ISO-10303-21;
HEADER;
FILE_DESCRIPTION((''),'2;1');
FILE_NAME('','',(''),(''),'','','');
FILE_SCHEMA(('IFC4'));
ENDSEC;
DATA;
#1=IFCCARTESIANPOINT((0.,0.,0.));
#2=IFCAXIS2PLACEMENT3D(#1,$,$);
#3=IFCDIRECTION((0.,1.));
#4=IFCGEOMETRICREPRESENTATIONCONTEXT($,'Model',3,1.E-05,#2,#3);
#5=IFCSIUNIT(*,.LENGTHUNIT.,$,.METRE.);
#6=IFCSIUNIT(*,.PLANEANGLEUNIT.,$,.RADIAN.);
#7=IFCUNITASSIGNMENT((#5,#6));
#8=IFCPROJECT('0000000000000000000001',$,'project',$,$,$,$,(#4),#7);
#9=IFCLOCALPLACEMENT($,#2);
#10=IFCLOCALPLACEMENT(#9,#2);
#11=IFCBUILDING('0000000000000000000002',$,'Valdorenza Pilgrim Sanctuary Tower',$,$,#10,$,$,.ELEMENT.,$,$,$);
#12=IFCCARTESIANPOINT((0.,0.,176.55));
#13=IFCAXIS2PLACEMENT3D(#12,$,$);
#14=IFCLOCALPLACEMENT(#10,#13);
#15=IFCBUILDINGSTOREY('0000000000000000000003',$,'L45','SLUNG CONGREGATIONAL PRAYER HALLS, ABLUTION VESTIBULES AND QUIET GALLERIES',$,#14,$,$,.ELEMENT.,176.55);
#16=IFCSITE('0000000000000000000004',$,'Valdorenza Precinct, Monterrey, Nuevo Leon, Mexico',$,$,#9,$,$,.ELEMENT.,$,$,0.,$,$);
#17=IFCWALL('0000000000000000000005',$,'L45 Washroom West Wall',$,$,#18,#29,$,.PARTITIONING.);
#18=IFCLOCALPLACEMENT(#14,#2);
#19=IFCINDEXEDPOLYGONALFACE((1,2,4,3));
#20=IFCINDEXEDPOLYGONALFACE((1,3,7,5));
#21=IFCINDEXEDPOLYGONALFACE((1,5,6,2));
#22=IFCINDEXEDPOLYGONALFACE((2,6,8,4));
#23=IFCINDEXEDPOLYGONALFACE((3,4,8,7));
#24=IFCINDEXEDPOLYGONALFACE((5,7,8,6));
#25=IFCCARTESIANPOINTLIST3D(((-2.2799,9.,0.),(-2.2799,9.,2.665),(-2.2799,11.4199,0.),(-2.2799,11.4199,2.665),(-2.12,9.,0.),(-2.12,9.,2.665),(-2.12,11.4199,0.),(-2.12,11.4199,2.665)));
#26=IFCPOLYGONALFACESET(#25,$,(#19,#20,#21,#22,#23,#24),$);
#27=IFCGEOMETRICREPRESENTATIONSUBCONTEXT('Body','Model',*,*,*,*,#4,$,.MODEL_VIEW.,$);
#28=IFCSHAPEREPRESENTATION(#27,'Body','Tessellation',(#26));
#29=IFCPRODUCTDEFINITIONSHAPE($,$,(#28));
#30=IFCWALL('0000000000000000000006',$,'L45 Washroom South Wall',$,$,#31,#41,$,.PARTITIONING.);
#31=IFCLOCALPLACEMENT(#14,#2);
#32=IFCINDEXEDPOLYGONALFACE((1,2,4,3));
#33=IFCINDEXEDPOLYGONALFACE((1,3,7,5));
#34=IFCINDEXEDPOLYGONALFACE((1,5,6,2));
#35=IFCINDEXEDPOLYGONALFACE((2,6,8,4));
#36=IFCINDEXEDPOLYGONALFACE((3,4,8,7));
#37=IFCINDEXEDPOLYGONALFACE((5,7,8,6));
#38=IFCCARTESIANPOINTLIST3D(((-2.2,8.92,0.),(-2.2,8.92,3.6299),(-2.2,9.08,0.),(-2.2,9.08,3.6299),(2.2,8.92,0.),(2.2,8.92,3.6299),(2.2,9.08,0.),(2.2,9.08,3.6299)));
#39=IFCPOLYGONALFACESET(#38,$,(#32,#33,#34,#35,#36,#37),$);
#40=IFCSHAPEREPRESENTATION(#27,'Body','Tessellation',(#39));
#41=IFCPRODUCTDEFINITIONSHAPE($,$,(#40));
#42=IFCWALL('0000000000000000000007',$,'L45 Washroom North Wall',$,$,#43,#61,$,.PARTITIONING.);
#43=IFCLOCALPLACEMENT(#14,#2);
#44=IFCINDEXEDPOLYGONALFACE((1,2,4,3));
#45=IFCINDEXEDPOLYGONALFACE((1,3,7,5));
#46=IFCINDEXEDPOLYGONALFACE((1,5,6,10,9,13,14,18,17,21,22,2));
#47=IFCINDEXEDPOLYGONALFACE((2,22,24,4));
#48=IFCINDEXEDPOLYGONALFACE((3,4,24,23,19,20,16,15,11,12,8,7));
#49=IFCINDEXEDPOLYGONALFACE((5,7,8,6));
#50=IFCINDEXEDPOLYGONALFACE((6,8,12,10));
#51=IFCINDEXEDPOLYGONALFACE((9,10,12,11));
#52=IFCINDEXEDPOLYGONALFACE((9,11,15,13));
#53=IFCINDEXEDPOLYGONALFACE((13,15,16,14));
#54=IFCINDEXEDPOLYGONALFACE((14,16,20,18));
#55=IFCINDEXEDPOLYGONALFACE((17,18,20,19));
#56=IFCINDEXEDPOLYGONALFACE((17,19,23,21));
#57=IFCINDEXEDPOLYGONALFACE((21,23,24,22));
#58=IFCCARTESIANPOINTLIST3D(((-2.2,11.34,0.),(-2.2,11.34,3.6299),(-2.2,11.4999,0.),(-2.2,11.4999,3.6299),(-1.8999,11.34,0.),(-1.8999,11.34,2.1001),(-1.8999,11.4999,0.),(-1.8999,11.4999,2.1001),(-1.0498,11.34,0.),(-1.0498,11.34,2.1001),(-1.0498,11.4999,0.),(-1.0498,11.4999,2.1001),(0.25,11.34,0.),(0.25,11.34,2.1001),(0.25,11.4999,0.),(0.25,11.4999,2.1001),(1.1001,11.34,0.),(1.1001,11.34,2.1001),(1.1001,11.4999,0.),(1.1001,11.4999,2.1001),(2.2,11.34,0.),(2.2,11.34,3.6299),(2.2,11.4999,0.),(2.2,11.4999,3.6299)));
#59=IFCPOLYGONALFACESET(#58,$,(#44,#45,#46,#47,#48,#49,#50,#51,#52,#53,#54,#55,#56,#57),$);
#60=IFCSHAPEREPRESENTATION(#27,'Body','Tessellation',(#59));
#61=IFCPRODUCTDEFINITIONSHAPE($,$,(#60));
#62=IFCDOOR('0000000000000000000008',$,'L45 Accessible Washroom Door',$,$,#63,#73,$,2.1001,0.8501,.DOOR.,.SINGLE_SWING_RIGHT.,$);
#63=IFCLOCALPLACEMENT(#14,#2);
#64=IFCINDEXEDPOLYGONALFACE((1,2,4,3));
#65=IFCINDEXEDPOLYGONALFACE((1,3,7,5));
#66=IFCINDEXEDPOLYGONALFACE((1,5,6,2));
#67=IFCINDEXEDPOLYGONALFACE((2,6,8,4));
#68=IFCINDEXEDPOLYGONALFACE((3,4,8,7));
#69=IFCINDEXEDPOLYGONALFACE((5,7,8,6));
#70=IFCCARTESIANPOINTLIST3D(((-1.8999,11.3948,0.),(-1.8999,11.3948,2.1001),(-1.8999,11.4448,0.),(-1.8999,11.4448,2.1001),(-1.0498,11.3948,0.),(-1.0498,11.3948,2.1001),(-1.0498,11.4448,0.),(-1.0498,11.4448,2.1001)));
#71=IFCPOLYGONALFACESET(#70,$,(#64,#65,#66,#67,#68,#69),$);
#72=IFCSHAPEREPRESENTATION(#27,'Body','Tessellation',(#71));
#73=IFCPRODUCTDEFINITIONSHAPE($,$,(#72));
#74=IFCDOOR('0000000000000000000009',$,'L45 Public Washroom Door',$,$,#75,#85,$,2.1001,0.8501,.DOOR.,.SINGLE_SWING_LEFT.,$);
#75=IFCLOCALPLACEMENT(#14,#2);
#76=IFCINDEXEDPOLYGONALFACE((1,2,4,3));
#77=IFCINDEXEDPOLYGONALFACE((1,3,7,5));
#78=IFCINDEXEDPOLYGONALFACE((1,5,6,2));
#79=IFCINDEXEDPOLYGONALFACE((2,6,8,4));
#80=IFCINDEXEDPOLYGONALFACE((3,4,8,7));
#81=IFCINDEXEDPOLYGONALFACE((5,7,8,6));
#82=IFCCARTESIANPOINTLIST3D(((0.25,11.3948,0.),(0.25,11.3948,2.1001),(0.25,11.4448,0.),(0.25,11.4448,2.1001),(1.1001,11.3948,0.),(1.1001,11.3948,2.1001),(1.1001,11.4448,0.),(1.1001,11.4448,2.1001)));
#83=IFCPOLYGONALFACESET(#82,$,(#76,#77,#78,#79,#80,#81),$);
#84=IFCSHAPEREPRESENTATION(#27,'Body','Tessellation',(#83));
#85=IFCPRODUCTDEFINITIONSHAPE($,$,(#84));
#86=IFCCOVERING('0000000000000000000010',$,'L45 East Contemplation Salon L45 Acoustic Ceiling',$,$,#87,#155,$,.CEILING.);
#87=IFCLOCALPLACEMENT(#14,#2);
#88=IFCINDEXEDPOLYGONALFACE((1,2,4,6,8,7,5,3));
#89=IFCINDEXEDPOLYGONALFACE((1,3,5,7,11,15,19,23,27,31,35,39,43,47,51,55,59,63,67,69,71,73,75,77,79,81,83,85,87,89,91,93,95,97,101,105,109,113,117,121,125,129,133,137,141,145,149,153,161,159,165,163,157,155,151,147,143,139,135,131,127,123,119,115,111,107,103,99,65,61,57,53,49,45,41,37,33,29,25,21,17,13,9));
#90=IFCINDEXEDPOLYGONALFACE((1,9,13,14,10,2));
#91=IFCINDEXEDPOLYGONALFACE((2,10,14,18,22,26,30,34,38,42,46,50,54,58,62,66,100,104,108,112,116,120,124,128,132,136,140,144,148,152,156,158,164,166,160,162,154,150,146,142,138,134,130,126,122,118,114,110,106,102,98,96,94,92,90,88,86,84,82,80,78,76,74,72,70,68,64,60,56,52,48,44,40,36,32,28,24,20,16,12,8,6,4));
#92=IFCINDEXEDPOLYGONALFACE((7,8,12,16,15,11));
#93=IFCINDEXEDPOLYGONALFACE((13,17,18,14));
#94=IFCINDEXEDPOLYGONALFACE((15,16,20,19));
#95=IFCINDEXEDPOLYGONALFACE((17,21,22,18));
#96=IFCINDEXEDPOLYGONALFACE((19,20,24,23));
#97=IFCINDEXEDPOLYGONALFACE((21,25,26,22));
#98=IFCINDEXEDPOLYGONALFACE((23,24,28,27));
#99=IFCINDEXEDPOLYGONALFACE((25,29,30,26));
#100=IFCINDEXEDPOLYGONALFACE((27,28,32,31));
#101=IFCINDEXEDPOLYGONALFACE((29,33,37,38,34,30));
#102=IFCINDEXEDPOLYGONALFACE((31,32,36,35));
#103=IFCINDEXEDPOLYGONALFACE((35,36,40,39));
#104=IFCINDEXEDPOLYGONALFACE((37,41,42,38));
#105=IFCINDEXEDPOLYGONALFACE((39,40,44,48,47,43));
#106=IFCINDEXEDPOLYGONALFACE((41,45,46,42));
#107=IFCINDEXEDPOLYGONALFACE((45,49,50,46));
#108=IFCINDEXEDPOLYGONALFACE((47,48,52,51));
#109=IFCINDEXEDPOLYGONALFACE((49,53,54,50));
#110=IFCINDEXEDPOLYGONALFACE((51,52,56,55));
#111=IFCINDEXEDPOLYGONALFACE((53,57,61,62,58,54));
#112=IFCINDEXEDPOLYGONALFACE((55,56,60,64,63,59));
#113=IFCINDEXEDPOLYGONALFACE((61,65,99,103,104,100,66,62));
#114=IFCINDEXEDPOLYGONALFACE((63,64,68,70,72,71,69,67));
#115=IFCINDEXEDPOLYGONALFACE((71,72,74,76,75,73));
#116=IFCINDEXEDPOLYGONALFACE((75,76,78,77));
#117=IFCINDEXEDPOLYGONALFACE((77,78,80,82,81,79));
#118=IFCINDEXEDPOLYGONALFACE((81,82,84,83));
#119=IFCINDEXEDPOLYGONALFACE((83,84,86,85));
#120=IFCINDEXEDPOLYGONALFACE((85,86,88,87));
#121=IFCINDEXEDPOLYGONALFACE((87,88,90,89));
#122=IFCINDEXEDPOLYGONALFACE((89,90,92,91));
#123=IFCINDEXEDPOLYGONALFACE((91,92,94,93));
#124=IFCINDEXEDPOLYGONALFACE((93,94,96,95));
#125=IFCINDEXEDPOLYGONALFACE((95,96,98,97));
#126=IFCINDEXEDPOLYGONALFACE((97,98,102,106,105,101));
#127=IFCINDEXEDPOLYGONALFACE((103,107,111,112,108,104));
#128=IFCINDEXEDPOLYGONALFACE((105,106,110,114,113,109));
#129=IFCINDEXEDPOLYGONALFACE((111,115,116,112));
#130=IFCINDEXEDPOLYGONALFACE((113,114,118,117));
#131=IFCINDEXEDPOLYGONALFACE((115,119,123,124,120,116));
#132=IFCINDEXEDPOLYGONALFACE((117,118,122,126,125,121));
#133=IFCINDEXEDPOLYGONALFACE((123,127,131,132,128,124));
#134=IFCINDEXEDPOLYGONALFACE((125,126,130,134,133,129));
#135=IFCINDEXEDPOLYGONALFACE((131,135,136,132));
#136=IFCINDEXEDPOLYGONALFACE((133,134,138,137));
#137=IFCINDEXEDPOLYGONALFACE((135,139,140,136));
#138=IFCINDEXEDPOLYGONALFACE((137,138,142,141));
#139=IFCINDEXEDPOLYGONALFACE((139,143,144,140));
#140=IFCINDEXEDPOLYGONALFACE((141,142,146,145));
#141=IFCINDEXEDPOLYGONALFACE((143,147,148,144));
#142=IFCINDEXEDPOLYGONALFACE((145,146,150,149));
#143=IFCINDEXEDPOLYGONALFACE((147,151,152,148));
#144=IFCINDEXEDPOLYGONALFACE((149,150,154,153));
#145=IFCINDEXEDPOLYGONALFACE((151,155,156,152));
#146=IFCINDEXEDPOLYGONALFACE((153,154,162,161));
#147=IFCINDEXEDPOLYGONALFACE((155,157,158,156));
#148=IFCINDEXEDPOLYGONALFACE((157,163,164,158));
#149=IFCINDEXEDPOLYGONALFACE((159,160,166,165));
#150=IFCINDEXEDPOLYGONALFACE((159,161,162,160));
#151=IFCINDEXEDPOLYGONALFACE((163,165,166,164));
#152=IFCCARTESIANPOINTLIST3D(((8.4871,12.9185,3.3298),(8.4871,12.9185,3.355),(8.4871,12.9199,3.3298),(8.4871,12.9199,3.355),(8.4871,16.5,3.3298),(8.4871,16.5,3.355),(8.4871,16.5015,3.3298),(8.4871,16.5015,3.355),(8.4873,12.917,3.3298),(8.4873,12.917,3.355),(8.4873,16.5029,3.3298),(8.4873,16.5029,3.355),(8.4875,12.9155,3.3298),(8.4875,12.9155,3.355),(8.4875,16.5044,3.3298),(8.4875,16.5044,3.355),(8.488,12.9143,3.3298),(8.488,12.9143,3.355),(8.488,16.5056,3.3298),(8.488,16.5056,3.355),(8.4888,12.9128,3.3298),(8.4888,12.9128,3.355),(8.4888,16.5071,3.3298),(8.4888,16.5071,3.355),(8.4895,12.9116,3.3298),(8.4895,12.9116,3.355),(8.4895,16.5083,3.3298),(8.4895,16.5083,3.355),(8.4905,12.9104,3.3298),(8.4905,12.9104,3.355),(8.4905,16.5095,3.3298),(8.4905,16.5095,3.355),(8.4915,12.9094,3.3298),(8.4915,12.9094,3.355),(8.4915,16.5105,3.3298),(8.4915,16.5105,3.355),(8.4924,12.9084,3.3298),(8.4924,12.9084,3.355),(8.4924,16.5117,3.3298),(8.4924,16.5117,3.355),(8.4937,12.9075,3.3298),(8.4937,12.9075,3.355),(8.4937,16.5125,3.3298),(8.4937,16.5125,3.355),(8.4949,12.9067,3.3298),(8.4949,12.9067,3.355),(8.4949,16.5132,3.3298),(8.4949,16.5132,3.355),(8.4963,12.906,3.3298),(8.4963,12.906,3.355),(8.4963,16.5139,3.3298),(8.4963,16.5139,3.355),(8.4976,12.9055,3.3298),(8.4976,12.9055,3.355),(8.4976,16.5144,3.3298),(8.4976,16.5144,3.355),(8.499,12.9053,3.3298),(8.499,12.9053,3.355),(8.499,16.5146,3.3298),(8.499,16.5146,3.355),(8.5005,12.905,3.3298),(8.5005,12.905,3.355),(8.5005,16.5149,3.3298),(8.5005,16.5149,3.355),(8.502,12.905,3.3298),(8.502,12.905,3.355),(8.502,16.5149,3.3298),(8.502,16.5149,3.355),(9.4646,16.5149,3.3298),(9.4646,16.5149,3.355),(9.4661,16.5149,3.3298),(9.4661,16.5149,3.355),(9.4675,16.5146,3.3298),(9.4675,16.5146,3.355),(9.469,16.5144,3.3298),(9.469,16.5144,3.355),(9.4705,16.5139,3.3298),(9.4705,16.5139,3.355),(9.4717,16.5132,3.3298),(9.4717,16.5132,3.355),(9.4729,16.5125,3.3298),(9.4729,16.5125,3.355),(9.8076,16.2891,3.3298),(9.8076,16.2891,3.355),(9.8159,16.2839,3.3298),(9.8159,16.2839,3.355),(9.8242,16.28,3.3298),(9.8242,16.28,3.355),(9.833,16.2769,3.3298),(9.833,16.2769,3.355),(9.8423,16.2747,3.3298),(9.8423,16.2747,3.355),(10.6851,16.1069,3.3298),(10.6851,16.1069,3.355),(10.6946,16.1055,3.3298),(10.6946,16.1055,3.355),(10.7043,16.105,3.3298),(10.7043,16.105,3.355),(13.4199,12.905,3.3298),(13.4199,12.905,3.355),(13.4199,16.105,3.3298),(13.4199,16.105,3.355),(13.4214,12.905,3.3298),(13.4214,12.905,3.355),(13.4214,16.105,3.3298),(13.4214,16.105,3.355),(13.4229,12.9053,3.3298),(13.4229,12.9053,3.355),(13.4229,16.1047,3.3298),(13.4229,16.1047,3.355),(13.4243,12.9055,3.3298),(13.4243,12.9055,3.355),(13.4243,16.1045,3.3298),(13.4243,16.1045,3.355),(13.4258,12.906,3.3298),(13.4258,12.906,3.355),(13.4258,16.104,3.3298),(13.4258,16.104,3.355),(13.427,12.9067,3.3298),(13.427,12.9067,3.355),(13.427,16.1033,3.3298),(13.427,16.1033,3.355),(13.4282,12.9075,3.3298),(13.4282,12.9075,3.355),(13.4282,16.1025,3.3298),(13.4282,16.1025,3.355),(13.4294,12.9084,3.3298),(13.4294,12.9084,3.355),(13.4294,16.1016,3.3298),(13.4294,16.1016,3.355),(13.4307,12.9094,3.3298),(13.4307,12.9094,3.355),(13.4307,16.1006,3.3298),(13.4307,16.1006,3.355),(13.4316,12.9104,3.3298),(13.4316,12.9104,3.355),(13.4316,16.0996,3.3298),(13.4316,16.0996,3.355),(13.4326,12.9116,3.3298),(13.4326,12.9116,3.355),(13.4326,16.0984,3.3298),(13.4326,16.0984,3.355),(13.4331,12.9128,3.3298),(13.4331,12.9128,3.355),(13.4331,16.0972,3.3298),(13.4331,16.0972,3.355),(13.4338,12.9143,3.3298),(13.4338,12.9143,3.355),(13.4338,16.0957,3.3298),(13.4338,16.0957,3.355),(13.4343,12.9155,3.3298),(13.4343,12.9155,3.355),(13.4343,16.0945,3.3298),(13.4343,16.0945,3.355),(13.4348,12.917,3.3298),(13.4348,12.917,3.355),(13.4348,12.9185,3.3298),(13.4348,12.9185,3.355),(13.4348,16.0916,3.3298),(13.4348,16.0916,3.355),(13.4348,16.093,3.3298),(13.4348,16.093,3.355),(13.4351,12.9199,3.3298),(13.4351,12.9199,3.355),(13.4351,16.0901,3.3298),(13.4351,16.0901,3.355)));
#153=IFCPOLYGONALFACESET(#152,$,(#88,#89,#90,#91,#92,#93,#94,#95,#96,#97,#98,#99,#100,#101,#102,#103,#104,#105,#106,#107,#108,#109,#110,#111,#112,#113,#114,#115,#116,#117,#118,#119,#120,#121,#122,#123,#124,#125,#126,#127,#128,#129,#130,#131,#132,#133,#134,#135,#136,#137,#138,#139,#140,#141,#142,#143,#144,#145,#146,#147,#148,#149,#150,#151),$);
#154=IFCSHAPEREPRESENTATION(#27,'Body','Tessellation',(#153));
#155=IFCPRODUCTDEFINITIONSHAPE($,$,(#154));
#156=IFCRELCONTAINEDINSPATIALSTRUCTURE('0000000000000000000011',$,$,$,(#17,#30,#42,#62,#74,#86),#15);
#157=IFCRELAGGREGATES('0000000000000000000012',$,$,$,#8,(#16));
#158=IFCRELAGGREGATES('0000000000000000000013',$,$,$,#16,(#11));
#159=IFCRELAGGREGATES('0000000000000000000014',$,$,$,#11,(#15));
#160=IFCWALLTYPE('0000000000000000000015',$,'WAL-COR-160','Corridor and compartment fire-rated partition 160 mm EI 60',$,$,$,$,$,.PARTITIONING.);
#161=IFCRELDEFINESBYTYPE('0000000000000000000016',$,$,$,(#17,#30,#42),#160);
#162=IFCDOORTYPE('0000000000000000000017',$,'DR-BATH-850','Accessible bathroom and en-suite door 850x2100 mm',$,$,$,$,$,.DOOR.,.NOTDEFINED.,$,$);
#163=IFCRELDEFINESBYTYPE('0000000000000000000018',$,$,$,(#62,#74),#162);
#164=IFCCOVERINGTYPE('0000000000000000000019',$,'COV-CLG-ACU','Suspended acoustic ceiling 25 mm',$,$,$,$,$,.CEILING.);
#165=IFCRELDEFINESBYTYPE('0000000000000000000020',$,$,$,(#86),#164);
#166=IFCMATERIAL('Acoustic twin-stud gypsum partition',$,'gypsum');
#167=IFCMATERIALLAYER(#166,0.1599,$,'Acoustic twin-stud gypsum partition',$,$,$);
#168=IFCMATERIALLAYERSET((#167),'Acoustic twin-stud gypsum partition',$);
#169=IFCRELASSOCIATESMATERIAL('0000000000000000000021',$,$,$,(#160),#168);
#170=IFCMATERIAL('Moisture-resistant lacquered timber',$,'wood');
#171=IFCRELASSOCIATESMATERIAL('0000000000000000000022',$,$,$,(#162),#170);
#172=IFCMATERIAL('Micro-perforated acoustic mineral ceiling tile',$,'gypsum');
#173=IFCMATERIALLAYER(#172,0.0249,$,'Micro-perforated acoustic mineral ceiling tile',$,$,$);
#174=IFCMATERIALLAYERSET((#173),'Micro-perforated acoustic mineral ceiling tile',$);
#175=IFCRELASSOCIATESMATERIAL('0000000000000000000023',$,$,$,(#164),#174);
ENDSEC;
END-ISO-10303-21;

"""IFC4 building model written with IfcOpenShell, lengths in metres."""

from ifc_helpers import new_model, si_unit, direction, frame, frame_2d, origin, place, context, subcontext, project, spatial, polyline, rectangle, outline, extrude, material, layer, layer_set, type_object, element, fill, save


model = new_model("IFC4")

# Units and contexts
model_context = context("Model", 3, precision=1e-05, world=origin(), true_north=direction((0.0, 1.0)))
body_context = subcontext(model_context, "Body", "Model", "MODEL_VIEW")
ifc_project = project(units=[si_unit("LENGTHUNIT", "METRE"), si_unit("PLANEANGLEUNIT", "RADIAN")], contexts=[model_context])

# Site, building, storey
site_placement = place(None, origin())
site = spatial("IfcSite", under=ifc_project, at=site_placement, Name="Valdorenza Precinct, Monterrey, Nuevo Leon, Mexico", CompositionType="ELEMENT", RefElevation=0.0)
building_placement = place(site_placement, origin())
building = spatial("IfcBuilding", under=site, at=building_placement, Name="Valdorenza Pilgrim Sanctuary Tower", CompositionType="ELEMENT")
storey_placement = place(building_placement, frame((0.0, 0.0, 176.55)))
storey = spatial("IfcBuildingStorey", under=building, at=storey_placement, Name="L45", Description="SLUNG CONGREGATIONAL PRAYER HALLS, ABLUTION VESTIBULES AND QUIET GALLERIES", CompositionType="ELEMENT", Elevation=176.55)

# Walls
ifc_material_1 = material(Name="Acoustic twin-stud gypsum partition", Category="gypsum")
ifc_layer_1 = layer(ifc_material_1, 0.1599, Name="Acoustic twin-stud gypsum partition")
ifc_layer_set_1 = layer_set([ifc_layer_1], Name="Acoustic twin-stud gypsum partition")
wall_type = type_object("IfcWallType", Name="WAL-COR-160", Description="Corridor and compartment fire-rated partition 160 mm EI 60", PredefinedType="PARTITIONING", material=ifc_layer_set_1)
wall_1_placement = place(storey_placement, frame((-2.2, 9.0, 0.0), z_axis=(0.0, 0.0, 1.0), x_axis=(0.0, 1.0, 0.0)))
element("IfcWall", 1, at=wall_1_placement, inside=storey, type_object=wall_type, Name="L45 Washroom West Wall", PredefinedType="PARTITIONING", context=body_context, shape_type="SweptSolid", body=[
    extrude(rectangle(XDim=2.4199, YDim=0.1599, at=frame_2d((1.21, 0.0))), origin(), (0.0, 0.0, 1.0), 2.665),
])
wall_2_placement = place(storey_placement, frame((-2.2, 9.0, 0.0), z_axis=(0.0, 0.0, 1.0), x_axis=(1.0, 0.0, 0.0)))
element("IfcWall", 2, at=wall_2_placement, inside=storey, type_object=wall_type, Name="L45 Washroom South Wall", PredefinedType="PARTITIONING", context=body_context, shape_type="SweptSolid", body=[
    extrude(rectangle(XDim=4.3999, YDim=0.1599, at=frame_2d((2.2, 0.0))), origin(), (0.0, 0.0, 1.0), 3.6299),
])

# Wall, openings, doors
wall_3_placement = place(storey_placement, frame((-2.2, 11.4199, 0.0), z_axis=(0.0, 0.0, 1.0), x_axis=(1.0, 0.0, 0.0)))
wall_3 = element("IfcWall", 3, at=wall_3_placement, inside=storey, type_object=wall_type, Name="L45 Washroom North Wall", PredefinedType="PARTITIONING", context=body_context, shape_type="SweptSolid", body=[
    extrude(rectangle(XDim=4.3999, YDim=0.1599, at=frame_2d((2.2, 0.0))), origin(), (0.0, 0.0, 1.0), 3.6299),
])
opening_1_placement = place(wall_3_placement, frame((0.3, 0.0, 0.0)))
opening_1 = element("IfcOpeningElement", 4, at=opening_1_placement, cuts=wall_3, PredefinedType="OPENING", context=body_context, shape_type="SweptSolid", body=[
    extrude(rectangle(XDim=0.8501, YDim=2.1001, at=frame_2d((0.425, 1.05))), frame((0.0, 0.0947, 0.0), z_axis=(0.0, -1.0, 0.0), x_axis=(1.0, 0.0, 0.0)), (0.0, 0.0, 1.0), 0.1897),
])
opening_2_placement = place(wall_3_placement, frame((2.45, 0.0, 0.0)))
opening_2 = element("IfcOpeningElement", 5, at=opening_2_placement, cuts=wall_3, PredefinedType="OPENING", context=body_context, shape_type="SweptSolid", body=[
    extrude(rectangle(XDim=0.8501, YDim=2.1001, at=frame_2d((0.425, 1.05))), frame((0.0, 0.0947, 0.0), z_axis=(0.0, -1.0, 0.0), x_axis=(1.0, 0.0, 0.0)), (0.0, 0.0, 1.0), 0.1897),
])
ifc_material_2 = material(Name="Moisture-resistant lacquered timber", Category="wood")
door_type = type_object("IfcDoorType", Name="DR-BATH-850", Description="Accessible bathroom and en-suite door 850x2100 mm", OperationType="NOTDEFINED", PredefinedType="DOOR", material=ifc_material_2)
door_1_placement = place(opening_1_placement, origin())
door_1 = element("IfcDoor", 6, at=door_1_placement, inside=storey, type_object=door_type, Name="L45 Accessible Washroom Door", OperationType="SINGLE_SWING_RIGHT", OverallHeight=2.1001, OverallWidth=0.8501, PredefinedType="DOOR", context=body_context, shape_type="SweptSolid", body=[
    extrude(rectangle(XDim=0.8501, YDim=2.1001, at=frame_2d((0.425, 1.05))), frame((0.0, 0.0249, 0.0), z_axis=(0.0, -1.0, 0.0), x_axis=(1.0, 0.0, 0.0)), (0.0, 0.0, 1.0), 0.05),
])
fill(opening_1, door_1)
door_2_placement = place(opening_2_placement, origin())
door_2 = element("IfcDoor", 7, at=door_2_placement, inside=storey, type_object=door_type, Name="L45 Public Washroom Door", OperationType="SINGLE_SWING_LEFT", OverallHeight=2.1001, OverallWidth=0.8501, PredefinedType="DOOR", context=body_context, shape_type="SweptSolid", body=[
    extrude(rectangle(XDim=0.8501, YDim=2.1001, at=frame_2d((0.425, 1.05))), frame((0.0, 0.0249, 0.0), z_axis=(0.0, -1.0, 0.0), x_axis=(1.0, 0.0, 0.0)), (0.0, 0.0, 1.0), 0.05),
])
fill(opening_2, door_2)

# Covering
ifc_material_3 = material(Name="Micro-perforated acoustic mineral ceiling tile", Category="gypsum")
ifc_layer_2 = layer(ifc_material_3, 0.0249, Name="Micro-perforated acoustic mineral ceiling tile")
ifc_layer_set_2 = layer_set([ifc_layer_2], Name="Micro-perforated acoustic mineral ceiling tile")
covering_type_1 = type_object("IfcCoveringType", Name="COV-CLG-ACU", Description="Suspended acoustic ceiling 25 mm", PredefinedType="CEILING", material=ifc_layer_set_2)
covering_1_placement = place(storey_placement, frame((0.0, 0.0, 3.3298)))
element("IfcCovering", 8, at=covering_1_placement, inside=storey, type_object=covering_type_1, Name="L45 East Contemplation Salon L45 Acoustic Ceiling", PredefinedType="CEILING", context=body_context, shape_type="SweptSolid", body=[
    extrude(outline(polyline([(8.502, 12.905), (8.5005, 12.905), (8.499, 12.9053), (8.4976, 12.9055), (8.4963, 12.906), (8.4949, 12.9067), (8.4937, 12.9075), (8.4924, 12.9084), (8.4915, 12.9094), (8.4905, 12.9104), (8.4895, 12.9116), (8.4888, 12.9128), (8.488, 12.9143), (8.4875, 12.9155), (8.4873, 12.917), (8.4871, 12.9185), (8.4871, 12.9199), (8.4871, 16.5), (8.4871, 16.5015), (8.4873, 16.5029), (8.4875, 16.5044), (8.488, 16.5056), (8.4888, 16.5071), (8.4895, 16.5083), (8.4905, 16.5095), (8.4915, 16.5105), (8.4924, 16.5117), (8.4937, 16.5125), (8.4949, 16.5132), (8.4963, 16.5139), (8.4976, 16.5144), (8.499, 16.5146), (8.5005, 16.5149), (8.502, 16.5149), (9.4646, 16.5149), (9.4661, 16.5149), (9.4675, 16.5146), (9.469, 16.5144), (9.4705, 16.5139), (9.4717, 16.5132), (9.4729, 16.5125), (9.8076, 16.2891), (9.8159, 16.2839), (9.8242, 16.28), (9.833, 16.2769), (9.8423, 16.2747), (10.6851, 16.1069), (10.6946, 16.1055), (10.7043, 16.105), (13.4199, 16.105), (13.4214, 16.105), (13.4229, 16.1047), (13.4243, 16.1045), (13.4258, 16.104), (13.427, 16.1033), (13.4282, 16.1025), (13.4294, 16.1016), (13.4307, 16.1006), (13.4316, 16.0996), (13.4326, 16.0984), (13.4331, 16.0972), (13.4338, 16.0957), (13.4343, 16.0945), (13.4348, 16.093), (13.4348, 16.0916), (13.4351, 16.0901), (13.4351, 12.9199), (13.4348, 12.9185), (13.4348, 12.917), (13.4343, 12.9155), (13.4338, 12.9143), (13.4331, 12.9128), (13.4326, 12.9116), (13.4316, 12.9104), (13.4307, 12.9094), (13.4294, 12.9084), (13.4282, 12.9075), (13.427, 12.9067), (13.4258, 12.906), (13.4243, 12.9055), (13.4229, 12.9053), (13.4214, 12.905), (13.4199, 12.905), (8.502, 12.905)])), origin(), (0.0, 0.0, 1.0), 0.0251),
])

save(model, "model.ifc")
